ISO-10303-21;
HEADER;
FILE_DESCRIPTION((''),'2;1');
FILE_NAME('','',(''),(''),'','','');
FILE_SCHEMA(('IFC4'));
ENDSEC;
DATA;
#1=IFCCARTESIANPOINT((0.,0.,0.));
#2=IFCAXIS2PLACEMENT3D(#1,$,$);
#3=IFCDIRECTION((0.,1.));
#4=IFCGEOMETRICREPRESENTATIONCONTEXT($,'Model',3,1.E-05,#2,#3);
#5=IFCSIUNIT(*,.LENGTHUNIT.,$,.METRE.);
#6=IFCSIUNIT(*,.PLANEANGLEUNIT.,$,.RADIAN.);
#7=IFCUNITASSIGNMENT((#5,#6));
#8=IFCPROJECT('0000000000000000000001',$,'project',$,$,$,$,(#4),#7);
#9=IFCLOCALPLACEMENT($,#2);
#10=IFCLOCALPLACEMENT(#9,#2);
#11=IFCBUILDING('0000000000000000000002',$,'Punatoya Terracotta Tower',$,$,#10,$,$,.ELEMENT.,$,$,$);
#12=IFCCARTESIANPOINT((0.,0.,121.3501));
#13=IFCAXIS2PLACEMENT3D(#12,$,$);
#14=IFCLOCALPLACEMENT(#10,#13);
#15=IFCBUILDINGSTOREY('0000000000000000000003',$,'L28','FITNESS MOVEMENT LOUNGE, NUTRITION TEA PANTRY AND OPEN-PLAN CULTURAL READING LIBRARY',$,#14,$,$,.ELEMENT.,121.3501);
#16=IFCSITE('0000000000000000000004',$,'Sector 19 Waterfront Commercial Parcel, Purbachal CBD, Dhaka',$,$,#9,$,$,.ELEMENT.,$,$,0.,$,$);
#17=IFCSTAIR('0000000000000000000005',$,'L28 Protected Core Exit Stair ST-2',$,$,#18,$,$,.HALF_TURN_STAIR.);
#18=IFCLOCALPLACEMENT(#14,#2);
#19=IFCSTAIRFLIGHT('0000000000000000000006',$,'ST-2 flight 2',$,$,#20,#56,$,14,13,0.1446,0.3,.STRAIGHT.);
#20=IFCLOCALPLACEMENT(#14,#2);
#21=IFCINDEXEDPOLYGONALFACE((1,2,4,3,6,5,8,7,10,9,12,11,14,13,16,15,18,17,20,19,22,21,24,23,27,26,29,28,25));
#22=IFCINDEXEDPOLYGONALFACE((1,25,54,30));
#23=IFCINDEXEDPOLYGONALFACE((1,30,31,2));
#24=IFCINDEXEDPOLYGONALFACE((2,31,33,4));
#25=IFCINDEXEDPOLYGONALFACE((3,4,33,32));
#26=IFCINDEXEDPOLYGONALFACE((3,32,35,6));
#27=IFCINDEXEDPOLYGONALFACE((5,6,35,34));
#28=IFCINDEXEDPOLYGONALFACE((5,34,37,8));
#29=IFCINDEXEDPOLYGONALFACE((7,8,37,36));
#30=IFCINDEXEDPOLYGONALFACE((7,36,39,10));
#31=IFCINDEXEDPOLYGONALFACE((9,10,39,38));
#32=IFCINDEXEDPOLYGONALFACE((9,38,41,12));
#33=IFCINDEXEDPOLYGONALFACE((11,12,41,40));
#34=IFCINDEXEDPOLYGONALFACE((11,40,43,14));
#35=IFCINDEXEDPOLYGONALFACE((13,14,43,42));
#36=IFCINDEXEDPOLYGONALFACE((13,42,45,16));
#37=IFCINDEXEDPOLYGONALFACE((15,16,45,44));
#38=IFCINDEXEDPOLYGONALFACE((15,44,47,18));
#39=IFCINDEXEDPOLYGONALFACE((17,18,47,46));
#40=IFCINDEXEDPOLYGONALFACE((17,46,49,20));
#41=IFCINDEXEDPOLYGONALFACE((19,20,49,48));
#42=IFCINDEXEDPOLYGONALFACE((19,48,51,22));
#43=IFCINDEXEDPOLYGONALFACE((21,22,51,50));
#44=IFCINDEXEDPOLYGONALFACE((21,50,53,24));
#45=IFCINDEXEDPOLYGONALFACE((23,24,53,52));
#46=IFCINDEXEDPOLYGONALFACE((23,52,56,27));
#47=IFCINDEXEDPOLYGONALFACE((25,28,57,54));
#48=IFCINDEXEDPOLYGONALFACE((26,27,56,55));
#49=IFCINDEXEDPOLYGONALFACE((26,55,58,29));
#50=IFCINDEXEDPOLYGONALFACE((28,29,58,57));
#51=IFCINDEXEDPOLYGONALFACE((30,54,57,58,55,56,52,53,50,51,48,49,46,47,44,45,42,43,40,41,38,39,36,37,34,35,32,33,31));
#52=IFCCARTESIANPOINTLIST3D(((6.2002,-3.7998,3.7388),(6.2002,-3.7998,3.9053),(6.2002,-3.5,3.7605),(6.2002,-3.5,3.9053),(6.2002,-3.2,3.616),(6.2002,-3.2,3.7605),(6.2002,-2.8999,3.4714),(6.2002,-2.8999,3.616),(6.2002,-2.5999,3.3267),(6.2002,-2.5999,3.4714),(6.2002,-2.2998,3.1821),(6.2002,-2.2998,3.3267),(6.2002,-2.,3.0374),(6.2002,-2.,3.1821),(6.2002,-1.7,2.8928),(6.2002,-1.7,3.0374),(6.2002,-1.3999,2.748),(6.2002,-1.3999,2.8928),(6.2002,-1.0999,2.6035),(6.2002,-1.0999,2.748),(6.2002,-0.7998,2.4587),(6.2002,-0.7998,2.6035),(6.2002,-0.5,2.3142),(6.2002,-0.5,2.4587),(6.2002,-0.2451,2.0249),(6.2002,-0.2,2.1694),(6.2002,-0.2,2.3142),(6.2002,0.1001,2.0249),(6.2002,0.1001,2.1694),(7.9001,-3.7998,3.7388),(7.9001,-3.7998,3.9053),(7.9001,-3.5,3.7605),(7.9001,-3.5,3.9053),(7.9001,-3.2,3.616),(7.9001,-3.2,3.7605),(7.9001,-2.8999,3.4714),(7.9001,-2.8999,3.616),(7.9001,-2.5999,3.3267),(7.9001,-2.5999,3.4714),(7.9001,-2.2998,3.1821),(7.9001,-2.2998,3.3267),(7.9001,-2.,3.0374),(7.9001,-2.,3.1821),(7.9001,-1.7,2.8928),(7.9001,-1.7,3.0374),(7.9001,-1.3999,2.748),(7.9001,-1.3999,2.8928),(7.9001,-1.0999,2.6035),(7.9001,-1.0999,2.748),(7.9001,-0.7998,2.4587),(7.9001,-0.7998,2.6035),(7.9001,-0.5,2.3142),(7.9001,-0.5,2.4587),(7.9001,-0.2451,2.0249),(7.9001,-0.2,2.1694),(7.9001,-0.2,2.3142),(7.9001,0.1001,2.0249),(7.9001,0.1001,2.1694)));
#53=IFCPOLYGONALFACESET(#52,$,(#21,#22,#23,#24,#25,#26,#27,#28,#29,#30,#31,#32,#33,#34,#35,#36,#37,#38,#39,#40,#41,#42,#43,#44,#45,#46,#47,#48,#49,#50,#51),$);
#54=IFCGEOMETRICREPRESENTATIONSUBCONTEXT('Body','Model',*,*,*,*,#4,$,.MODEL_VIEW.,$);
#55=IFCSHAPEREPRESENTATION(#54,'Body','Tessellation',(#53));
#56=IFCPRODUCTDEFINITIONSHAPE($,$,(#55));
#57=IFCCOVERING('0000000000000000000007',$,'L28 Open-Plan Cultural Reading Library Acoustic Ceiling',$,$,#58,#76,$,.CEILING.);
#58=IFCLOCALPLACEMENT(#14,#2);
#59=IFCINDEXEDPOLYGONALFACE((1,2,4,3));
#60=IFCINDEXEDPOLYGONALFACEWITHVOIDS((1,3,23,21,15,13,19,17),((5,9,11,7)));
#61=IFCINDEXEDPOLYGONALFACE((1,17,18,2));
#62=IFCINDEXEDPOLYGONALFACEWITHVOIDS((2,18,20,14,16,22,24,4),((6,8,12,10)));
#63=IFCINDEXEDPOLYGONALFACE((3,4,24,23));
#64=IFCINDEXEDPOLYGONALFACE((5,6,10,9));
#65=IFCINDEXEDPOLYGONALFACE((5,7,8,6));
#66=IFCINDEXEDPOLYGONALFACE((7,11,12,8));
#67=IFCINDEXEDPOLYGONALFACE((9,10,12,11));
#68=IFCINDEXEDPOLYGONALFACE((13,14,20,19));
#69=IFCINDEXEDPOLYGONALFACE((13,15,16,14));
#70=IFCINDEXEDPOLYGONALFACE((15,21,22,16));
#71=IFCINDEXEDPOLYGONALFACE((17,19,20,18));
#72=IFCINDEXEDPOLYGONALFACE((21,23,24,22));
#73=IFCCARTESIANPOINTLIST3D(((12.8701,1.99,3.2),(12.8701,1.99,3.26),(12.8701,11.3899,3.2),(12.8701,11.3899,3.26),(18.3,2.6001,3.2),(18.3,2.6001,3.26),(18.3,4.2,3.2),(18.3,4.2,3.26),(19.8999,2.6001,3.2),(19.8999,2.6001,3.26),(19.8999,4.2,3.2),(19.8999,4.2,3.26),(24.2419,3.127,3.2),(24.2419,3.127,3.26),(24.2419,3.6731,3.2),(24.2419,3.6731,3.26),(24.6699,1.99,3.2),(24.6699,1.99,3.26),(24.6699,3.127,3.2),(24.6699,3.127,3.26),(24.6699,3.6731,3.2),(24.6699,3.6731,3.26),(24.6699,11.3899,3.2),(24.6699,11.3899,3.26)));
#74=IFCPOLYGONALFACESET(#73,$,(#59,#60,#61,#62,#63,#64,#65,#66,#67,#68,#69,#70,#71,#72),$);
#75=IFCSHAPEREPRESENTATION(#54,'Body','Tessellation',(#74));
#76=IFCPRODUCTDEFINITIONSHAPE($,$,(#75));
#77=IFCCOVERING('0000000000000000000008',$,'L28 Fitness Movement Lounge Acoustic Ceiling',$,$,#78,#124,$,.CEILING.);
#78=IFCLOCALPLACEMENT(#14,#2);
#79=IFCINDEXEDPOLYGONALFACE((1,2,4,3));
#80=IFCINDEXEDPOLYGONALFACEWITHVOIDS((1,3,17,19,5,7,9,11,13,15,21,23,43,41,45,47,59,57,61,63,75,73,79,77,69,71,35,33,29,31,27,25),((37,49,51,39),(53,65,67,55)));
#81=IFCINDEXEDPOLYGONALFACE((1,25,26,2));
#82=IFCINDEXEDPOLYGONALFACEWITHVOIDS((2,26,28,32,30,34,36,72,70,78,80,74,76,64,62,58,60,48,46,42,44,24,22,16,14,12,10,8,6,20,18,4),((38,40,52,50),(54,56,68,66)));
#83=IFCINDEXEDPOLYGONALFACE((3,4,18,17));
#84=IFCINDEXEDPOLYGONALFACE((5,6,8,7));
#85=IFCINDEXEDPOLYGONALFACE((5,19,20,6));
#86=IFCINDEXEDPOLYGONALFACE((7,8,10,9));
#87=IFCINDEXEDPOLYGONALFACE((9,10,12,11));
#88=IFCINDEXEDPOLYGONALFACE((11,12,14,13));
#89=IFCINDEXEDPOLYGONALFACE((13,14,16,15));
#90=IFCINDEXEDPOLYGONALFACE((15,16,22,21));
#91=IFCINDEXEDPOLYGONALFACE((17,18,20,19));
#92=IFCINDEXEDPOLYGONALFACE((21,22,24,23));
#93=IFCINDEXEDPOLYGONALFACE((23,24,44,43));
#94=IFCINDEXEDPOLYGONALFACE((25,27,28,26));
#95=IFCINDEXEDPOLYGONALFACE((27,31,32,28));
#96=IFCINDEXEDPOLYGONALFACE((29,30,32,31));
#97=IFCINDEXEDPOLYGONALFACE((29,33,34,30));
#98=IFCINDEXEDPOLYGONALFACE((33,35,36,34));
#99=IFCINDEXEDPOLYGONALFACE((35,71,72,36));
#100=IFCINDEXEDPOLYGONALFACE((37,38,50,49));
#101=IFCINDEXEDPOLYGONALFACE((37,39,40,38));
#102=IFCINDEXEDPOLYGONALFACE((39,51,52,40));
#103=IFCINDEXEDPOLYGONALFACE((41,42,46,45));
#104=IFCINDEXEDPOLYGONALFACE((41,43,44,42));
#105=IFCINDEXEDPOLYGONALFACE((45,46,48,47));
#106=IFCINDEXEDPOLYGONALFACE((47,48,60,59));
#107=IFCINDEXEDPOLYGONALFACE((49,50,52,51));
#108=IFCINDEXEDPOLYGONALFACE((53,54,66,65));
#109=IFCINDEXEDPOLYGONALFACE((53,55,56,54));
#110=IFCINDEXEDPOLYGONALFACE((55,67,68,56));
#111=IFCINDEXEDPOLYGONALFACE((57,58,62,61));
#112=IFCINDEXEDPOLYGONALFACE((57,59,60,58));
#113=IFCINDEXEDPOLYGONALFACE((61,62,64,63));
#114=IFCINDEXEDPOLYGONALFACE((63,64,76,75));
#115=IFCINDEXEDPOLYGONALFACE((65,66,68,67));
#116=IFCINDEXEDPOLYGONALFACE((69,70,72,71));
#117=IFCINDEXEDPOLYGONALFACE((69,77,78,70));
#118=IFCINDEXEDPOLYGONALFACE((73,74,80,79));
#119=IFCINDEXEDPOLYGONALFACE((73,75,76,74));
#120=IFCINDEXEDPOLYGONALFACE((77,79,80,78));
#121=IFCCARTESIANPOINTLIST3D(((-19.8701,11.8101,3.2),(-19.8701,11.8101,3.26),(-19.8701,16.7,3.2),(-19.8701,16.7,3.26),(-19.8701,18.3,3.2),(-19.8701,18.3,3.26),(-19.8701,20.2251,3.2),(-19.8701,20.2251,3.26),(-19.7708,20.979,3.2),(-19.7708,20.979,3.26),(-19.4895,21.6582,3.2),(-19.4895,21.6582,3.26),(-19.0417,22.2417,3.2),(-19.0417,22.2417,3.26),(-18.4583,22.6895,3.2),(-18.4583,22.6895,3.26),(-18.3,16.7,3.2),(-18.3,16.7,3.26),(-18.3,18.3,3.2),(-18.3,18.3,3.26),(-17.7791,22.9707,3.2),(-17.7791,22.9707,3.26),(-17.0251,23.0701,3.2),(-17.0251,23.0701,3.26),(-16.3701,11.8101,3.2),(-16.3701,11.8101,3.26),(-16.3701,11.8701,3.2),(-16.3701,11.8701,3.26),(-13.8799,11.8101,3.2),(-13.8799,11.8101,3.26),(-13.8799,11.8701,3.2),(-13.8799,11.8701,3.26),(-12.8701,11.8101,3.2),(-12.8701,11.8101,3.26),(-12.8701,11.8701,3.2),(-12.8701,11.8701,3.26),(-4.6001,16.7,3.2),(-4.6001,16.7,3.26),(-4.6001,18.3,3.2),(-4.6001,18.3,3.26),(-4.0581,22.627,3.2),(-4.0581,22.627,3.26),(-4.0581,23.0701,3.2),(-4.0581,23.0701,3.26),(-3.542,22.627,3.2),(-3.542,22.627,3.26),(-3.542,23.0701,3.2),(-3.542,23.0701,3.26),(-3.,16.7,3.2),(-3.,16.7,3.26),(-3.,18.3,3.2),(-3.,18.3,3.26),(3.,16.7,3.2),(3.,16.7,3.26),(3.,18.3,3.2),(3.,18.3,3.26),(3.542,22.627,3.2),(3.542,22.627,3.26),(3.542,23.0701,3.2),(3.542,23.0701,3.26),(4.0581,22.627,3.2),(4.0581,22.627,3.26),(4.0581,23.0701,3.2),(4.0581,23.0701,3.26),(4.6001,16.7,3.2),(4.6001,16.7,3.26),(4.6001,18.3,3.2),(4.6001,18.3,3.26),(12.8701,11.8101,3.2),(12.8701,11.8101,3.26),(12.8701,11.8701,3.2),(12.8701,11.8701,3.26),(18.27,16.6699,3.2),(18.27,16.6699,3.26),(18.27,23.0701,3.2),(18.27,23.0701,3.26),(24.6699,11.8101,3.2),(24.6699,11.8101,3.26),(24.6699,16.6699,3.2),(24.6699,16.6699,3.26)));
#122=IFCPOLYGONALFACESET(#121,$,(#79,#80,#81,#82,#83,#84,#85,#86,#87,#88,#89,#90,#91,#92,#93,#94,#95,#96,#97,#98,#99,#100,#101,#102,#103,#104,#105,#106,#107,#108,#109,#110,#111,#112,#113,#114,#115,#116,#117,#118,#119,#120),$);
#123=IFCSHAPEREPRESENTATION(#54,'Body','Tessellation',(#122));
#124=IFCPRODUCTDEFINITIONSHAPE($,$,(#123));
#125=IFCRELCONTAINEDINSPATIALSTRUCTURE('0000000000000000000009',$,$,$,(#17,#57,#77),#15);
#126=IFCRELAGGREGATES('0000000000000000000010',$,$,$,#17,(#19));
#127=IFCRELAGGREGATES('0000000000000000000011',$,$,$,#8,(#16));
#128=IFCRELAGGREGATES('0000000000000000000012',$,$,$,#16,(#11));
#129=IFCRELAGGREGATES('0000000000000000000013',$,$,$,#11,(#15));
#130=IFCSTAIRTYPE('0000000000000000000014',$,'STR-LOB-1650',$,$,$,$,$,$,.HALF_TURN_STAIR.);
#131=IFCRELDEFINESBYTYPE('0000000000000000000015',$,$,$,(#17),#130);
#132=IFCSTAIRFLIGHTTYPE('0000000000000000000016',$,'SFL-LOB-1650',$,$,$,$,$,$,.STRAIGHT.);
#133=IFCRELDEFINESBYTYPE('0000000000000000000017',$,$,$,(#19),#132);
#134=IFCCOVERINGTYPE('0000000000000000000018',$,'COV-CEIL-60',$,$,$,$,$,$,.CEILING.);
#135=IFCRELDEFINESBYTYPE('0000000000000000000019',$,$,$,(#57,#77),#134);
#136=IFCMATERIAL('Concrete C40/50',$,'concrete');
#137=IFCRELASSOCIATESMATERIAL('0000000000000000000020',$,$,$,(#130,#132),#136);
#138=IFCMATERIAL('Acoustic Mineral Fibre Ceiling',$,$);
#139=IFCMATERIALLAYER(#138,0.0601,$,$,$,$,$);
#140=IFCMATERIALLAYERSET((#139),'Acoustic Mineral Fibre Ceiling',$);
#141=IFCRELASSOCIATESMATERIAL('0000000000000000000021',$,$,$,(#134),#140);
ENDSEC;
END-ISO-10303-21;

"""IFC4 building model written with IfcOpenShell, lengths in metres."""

from ifc_helpers import new_model, si_unit, direction, frame, origin, place, context, subcontext, project, spatial, polyline, outline, extrude, material, layer, layer_set, type_object, element, aggregate, save


model = new_model("IFC4")

# Units and contexts
model_context = context("Model", 3, precision=1e-05, world=origin(), true_north=direction((0.0, 1.0)))
body_context = subcontext(model_context, "Body", "Model", "MODEL_VIEW")
ifc_project = project(units=[si_unit("LENGTHUNIT", "METRE"), si_unit("PLANEANGLEUNIT", "RADIAN")], contexts=[model_context])

# Site, building, storey
site_placement = place(None, origin())
site = spatial("IfcSite", under=ifc_project, at=site_placement, Name="Sector 19 Waterfront Commercial Parcel, Purbachal CBD, Dhaka", CompositionType="ELEMENT", RefElevation=0.0)
building_placement = place(site_placement, origin())
building = spatial("IfcBuilding", under=site, at=building_placement, Name="Punatoya Terracotta Tower", CompositionType="ELEMENT")
storey_placement = place(building_placement, frame((0.0, 0.0, 121.3501)))
storey = spatial("IfcBuildingStorey", under=building, at=storey_placement, Name="L28", Description="FITNESS MOVEMENT LOUNGE, NUTRITION TEA PANTRY AND OPEN-PLAN CULTURAL READING LIBRARY", CompositionType="ELEMENT", Elevation=121.3501)

# Shared definitions
ifc_material_1 = material(Name="Concrete C40/50", Category="concrete")

# Stair, stair flight
stair_type = type_object("IfcStairType", Name="STR-LOB-1650", PredefinedType="HALF_TURN_STAIR", material=ifc_material_1)
stair_placement = place(storey_placement, origin())
stair = element("IfcStair", 1, at=stair_placement, inside=storey, type_object=stair_type, Name="L28 Protected Core Exit Stair ST-2", PredefinedType="HALF_TURN_STAIR")
stair_flight_type = type_object("IfcStairFlightType", Name="SFL-LOB-1650", PredefinedType="STRAIGHT", material=ifc_material_1)
stair_flight_placement = place(storey_placement, frame((7.05, 0.1001, 2.0249), z_axis=(0.0, 0.0, 1.0), x_axis=(0.0, -1.0, 0.0)))
stair_flight = element("IfcStairFlight", 2, at=stair_flight_placement, type_object=stair_flight_type, Name="ST-2 flight 2", NumberOfRisers=14, NumberOfTreads=13, PredefinedType="STRAIGHT", RiserHeight=0.1446, TreadLength=0.3, context=body_context, shape_type="SweptSolid", body=[
    extrude(outline(polyline([(0.0, 0.0), (0.0, 0.1445), (0.3, 0.1445), (0.3, 0.2893), (0.6001, 0.2893), (0.6001, 0.4338), (0.8999, 0.4338), (0.8999, 0.5786), (1.2, 0.5786), (1.2, 0.7231), (1.5, 0.7231), (1.5, 0.8679), (1.8, 0.8679), (1.8, 1.0125), (2.1001, 1.0125), (2.1001, 1.1572), (2.3999, 1.1572), (2.3999, 1.3018), (2.7, 1.3018), (2.7, 1.4465), (3.0, 1.4465), (3.0, 1.5911), (3.3, 1.5911), (3.3, 1.7356), (3.6001, 1.7356), (3.6001, 1.8804), (3.8999, 1.8804), (3.8999, 2.0249), (3.8999, 1.7139), (0.3452, 0.0), (0.0, 0.0)])), frame((0.0, 0.8501, 0.0), z_axis=(0.0, -1.0, 0.0), x_axis=(1.0, 0.0, 0.0)), (0.0, 0.0, 1.0), 1.7),
])
aggregate(stair, [stair_flight])

# Coverings
ifc_material_2 = material(Name="Acoustic Mineral Fibre Ceiling")
ifc_layer_1 = layer(ifc_material_2, 0.0601)
ifc_layer_set_1 = layer_set([ifc_layer_1], Name="Acoustic Mineral Fibre Ceiling")
covering_type = type_object("IfcCoveringType", Name="COV-CEIL-60", PredefinedType="CEILING", material=ifc_layer_set_1)
covering_1_placement = place(storey_placement, frame((0.0, 0.0, 3.2)))
element("IfcCovering", 3, at=covering_1_placement, inside=storey, type_object=covering_type, Name="L28 Open-Plan Cultural Reading Library Acoustic Ceiling", PredefinedType="CEILING", context=body_context, shape_type="SweptSolid", body=[
    extrude(outline(polyline([(12.8701, 11.3899), (12.8701, 1.99), (24.6699, 1.99), (24.6699, 3.127), (24.2419, 3.127), (24.2419, 3.6731), (24.6699, 3.6731), (24.6699, 11.3899), (12.8701, 11.3899)]), holes=[polyline([(19.8999, 2.6001), (18.3, 2.6001), (18.3, 4.2), (19.8999, 4.2), (19.8999, 2.6001)])]), origin(), (0.0, 0.0, 1.0), 0.0601),
])
covering_2_placement = place(storey_placement, frame((0.0, 0.0, 3.2)))
element("IfcCovering", 4, at=covering_2_placement, inside=storey, type_object=covering_type, Name="L28 Fitness Movement Lounge Acoustic Ceiling", PredefinedType="CEILING", context=body_context, shape_type="SweptSolid", body=[
    extrude(outline(polyline([(-19.8701, 11.8101), (-16.3701, 11.8101), (-16.3701, 11.8701), (-13.8799, 11.8701), (-13.8799, 11.8101), (-12.8701, 11.8101), (-12.8701, 11.8701), (12.8701, 11.8701), (12.8701, 11.8101), (24.6699, 11.8101), (24.6699, 16.6699), (18.27, 16.6699), (18.27, 23.0701), (4.0581, 23.0701), (4.0581, 22.627), (3.542, 22.627), (3.542, 23.0701), (-3.542, 23.0701), (-3.542, 22.627), (-4.0581, 22.627), (-4.0581, 23.0701), (-17.0251, 23.0701), (-17.7791, 22.9707), (-18.4583, 22.6895), (-19.0417, 22.2417), (-19.4895, 21.6582), (-19.7708, 20.979), (-19.8701, 20.2251), (-19.8701, 18.3), (-18.3, 18.3), (-18.3, 16.7), (-19.8701, 16.7), (-19.8701, 11.8101)]), holes=[polyline([(3.0, 18.3), (4.6001, 18.3), (4.6001, 16.7), (3.0, 16.7), (3.0, 18.3)]), polyline([(-3.0, 18.3), (-3.0, 16.7), (-4.6001, 16.7), (-4.6001, 18.3), (-3.0, 18.3)])]), origin(), (0.0, 0.0, 1.0), 0.0601),
])

save(model, "model.ifc")
